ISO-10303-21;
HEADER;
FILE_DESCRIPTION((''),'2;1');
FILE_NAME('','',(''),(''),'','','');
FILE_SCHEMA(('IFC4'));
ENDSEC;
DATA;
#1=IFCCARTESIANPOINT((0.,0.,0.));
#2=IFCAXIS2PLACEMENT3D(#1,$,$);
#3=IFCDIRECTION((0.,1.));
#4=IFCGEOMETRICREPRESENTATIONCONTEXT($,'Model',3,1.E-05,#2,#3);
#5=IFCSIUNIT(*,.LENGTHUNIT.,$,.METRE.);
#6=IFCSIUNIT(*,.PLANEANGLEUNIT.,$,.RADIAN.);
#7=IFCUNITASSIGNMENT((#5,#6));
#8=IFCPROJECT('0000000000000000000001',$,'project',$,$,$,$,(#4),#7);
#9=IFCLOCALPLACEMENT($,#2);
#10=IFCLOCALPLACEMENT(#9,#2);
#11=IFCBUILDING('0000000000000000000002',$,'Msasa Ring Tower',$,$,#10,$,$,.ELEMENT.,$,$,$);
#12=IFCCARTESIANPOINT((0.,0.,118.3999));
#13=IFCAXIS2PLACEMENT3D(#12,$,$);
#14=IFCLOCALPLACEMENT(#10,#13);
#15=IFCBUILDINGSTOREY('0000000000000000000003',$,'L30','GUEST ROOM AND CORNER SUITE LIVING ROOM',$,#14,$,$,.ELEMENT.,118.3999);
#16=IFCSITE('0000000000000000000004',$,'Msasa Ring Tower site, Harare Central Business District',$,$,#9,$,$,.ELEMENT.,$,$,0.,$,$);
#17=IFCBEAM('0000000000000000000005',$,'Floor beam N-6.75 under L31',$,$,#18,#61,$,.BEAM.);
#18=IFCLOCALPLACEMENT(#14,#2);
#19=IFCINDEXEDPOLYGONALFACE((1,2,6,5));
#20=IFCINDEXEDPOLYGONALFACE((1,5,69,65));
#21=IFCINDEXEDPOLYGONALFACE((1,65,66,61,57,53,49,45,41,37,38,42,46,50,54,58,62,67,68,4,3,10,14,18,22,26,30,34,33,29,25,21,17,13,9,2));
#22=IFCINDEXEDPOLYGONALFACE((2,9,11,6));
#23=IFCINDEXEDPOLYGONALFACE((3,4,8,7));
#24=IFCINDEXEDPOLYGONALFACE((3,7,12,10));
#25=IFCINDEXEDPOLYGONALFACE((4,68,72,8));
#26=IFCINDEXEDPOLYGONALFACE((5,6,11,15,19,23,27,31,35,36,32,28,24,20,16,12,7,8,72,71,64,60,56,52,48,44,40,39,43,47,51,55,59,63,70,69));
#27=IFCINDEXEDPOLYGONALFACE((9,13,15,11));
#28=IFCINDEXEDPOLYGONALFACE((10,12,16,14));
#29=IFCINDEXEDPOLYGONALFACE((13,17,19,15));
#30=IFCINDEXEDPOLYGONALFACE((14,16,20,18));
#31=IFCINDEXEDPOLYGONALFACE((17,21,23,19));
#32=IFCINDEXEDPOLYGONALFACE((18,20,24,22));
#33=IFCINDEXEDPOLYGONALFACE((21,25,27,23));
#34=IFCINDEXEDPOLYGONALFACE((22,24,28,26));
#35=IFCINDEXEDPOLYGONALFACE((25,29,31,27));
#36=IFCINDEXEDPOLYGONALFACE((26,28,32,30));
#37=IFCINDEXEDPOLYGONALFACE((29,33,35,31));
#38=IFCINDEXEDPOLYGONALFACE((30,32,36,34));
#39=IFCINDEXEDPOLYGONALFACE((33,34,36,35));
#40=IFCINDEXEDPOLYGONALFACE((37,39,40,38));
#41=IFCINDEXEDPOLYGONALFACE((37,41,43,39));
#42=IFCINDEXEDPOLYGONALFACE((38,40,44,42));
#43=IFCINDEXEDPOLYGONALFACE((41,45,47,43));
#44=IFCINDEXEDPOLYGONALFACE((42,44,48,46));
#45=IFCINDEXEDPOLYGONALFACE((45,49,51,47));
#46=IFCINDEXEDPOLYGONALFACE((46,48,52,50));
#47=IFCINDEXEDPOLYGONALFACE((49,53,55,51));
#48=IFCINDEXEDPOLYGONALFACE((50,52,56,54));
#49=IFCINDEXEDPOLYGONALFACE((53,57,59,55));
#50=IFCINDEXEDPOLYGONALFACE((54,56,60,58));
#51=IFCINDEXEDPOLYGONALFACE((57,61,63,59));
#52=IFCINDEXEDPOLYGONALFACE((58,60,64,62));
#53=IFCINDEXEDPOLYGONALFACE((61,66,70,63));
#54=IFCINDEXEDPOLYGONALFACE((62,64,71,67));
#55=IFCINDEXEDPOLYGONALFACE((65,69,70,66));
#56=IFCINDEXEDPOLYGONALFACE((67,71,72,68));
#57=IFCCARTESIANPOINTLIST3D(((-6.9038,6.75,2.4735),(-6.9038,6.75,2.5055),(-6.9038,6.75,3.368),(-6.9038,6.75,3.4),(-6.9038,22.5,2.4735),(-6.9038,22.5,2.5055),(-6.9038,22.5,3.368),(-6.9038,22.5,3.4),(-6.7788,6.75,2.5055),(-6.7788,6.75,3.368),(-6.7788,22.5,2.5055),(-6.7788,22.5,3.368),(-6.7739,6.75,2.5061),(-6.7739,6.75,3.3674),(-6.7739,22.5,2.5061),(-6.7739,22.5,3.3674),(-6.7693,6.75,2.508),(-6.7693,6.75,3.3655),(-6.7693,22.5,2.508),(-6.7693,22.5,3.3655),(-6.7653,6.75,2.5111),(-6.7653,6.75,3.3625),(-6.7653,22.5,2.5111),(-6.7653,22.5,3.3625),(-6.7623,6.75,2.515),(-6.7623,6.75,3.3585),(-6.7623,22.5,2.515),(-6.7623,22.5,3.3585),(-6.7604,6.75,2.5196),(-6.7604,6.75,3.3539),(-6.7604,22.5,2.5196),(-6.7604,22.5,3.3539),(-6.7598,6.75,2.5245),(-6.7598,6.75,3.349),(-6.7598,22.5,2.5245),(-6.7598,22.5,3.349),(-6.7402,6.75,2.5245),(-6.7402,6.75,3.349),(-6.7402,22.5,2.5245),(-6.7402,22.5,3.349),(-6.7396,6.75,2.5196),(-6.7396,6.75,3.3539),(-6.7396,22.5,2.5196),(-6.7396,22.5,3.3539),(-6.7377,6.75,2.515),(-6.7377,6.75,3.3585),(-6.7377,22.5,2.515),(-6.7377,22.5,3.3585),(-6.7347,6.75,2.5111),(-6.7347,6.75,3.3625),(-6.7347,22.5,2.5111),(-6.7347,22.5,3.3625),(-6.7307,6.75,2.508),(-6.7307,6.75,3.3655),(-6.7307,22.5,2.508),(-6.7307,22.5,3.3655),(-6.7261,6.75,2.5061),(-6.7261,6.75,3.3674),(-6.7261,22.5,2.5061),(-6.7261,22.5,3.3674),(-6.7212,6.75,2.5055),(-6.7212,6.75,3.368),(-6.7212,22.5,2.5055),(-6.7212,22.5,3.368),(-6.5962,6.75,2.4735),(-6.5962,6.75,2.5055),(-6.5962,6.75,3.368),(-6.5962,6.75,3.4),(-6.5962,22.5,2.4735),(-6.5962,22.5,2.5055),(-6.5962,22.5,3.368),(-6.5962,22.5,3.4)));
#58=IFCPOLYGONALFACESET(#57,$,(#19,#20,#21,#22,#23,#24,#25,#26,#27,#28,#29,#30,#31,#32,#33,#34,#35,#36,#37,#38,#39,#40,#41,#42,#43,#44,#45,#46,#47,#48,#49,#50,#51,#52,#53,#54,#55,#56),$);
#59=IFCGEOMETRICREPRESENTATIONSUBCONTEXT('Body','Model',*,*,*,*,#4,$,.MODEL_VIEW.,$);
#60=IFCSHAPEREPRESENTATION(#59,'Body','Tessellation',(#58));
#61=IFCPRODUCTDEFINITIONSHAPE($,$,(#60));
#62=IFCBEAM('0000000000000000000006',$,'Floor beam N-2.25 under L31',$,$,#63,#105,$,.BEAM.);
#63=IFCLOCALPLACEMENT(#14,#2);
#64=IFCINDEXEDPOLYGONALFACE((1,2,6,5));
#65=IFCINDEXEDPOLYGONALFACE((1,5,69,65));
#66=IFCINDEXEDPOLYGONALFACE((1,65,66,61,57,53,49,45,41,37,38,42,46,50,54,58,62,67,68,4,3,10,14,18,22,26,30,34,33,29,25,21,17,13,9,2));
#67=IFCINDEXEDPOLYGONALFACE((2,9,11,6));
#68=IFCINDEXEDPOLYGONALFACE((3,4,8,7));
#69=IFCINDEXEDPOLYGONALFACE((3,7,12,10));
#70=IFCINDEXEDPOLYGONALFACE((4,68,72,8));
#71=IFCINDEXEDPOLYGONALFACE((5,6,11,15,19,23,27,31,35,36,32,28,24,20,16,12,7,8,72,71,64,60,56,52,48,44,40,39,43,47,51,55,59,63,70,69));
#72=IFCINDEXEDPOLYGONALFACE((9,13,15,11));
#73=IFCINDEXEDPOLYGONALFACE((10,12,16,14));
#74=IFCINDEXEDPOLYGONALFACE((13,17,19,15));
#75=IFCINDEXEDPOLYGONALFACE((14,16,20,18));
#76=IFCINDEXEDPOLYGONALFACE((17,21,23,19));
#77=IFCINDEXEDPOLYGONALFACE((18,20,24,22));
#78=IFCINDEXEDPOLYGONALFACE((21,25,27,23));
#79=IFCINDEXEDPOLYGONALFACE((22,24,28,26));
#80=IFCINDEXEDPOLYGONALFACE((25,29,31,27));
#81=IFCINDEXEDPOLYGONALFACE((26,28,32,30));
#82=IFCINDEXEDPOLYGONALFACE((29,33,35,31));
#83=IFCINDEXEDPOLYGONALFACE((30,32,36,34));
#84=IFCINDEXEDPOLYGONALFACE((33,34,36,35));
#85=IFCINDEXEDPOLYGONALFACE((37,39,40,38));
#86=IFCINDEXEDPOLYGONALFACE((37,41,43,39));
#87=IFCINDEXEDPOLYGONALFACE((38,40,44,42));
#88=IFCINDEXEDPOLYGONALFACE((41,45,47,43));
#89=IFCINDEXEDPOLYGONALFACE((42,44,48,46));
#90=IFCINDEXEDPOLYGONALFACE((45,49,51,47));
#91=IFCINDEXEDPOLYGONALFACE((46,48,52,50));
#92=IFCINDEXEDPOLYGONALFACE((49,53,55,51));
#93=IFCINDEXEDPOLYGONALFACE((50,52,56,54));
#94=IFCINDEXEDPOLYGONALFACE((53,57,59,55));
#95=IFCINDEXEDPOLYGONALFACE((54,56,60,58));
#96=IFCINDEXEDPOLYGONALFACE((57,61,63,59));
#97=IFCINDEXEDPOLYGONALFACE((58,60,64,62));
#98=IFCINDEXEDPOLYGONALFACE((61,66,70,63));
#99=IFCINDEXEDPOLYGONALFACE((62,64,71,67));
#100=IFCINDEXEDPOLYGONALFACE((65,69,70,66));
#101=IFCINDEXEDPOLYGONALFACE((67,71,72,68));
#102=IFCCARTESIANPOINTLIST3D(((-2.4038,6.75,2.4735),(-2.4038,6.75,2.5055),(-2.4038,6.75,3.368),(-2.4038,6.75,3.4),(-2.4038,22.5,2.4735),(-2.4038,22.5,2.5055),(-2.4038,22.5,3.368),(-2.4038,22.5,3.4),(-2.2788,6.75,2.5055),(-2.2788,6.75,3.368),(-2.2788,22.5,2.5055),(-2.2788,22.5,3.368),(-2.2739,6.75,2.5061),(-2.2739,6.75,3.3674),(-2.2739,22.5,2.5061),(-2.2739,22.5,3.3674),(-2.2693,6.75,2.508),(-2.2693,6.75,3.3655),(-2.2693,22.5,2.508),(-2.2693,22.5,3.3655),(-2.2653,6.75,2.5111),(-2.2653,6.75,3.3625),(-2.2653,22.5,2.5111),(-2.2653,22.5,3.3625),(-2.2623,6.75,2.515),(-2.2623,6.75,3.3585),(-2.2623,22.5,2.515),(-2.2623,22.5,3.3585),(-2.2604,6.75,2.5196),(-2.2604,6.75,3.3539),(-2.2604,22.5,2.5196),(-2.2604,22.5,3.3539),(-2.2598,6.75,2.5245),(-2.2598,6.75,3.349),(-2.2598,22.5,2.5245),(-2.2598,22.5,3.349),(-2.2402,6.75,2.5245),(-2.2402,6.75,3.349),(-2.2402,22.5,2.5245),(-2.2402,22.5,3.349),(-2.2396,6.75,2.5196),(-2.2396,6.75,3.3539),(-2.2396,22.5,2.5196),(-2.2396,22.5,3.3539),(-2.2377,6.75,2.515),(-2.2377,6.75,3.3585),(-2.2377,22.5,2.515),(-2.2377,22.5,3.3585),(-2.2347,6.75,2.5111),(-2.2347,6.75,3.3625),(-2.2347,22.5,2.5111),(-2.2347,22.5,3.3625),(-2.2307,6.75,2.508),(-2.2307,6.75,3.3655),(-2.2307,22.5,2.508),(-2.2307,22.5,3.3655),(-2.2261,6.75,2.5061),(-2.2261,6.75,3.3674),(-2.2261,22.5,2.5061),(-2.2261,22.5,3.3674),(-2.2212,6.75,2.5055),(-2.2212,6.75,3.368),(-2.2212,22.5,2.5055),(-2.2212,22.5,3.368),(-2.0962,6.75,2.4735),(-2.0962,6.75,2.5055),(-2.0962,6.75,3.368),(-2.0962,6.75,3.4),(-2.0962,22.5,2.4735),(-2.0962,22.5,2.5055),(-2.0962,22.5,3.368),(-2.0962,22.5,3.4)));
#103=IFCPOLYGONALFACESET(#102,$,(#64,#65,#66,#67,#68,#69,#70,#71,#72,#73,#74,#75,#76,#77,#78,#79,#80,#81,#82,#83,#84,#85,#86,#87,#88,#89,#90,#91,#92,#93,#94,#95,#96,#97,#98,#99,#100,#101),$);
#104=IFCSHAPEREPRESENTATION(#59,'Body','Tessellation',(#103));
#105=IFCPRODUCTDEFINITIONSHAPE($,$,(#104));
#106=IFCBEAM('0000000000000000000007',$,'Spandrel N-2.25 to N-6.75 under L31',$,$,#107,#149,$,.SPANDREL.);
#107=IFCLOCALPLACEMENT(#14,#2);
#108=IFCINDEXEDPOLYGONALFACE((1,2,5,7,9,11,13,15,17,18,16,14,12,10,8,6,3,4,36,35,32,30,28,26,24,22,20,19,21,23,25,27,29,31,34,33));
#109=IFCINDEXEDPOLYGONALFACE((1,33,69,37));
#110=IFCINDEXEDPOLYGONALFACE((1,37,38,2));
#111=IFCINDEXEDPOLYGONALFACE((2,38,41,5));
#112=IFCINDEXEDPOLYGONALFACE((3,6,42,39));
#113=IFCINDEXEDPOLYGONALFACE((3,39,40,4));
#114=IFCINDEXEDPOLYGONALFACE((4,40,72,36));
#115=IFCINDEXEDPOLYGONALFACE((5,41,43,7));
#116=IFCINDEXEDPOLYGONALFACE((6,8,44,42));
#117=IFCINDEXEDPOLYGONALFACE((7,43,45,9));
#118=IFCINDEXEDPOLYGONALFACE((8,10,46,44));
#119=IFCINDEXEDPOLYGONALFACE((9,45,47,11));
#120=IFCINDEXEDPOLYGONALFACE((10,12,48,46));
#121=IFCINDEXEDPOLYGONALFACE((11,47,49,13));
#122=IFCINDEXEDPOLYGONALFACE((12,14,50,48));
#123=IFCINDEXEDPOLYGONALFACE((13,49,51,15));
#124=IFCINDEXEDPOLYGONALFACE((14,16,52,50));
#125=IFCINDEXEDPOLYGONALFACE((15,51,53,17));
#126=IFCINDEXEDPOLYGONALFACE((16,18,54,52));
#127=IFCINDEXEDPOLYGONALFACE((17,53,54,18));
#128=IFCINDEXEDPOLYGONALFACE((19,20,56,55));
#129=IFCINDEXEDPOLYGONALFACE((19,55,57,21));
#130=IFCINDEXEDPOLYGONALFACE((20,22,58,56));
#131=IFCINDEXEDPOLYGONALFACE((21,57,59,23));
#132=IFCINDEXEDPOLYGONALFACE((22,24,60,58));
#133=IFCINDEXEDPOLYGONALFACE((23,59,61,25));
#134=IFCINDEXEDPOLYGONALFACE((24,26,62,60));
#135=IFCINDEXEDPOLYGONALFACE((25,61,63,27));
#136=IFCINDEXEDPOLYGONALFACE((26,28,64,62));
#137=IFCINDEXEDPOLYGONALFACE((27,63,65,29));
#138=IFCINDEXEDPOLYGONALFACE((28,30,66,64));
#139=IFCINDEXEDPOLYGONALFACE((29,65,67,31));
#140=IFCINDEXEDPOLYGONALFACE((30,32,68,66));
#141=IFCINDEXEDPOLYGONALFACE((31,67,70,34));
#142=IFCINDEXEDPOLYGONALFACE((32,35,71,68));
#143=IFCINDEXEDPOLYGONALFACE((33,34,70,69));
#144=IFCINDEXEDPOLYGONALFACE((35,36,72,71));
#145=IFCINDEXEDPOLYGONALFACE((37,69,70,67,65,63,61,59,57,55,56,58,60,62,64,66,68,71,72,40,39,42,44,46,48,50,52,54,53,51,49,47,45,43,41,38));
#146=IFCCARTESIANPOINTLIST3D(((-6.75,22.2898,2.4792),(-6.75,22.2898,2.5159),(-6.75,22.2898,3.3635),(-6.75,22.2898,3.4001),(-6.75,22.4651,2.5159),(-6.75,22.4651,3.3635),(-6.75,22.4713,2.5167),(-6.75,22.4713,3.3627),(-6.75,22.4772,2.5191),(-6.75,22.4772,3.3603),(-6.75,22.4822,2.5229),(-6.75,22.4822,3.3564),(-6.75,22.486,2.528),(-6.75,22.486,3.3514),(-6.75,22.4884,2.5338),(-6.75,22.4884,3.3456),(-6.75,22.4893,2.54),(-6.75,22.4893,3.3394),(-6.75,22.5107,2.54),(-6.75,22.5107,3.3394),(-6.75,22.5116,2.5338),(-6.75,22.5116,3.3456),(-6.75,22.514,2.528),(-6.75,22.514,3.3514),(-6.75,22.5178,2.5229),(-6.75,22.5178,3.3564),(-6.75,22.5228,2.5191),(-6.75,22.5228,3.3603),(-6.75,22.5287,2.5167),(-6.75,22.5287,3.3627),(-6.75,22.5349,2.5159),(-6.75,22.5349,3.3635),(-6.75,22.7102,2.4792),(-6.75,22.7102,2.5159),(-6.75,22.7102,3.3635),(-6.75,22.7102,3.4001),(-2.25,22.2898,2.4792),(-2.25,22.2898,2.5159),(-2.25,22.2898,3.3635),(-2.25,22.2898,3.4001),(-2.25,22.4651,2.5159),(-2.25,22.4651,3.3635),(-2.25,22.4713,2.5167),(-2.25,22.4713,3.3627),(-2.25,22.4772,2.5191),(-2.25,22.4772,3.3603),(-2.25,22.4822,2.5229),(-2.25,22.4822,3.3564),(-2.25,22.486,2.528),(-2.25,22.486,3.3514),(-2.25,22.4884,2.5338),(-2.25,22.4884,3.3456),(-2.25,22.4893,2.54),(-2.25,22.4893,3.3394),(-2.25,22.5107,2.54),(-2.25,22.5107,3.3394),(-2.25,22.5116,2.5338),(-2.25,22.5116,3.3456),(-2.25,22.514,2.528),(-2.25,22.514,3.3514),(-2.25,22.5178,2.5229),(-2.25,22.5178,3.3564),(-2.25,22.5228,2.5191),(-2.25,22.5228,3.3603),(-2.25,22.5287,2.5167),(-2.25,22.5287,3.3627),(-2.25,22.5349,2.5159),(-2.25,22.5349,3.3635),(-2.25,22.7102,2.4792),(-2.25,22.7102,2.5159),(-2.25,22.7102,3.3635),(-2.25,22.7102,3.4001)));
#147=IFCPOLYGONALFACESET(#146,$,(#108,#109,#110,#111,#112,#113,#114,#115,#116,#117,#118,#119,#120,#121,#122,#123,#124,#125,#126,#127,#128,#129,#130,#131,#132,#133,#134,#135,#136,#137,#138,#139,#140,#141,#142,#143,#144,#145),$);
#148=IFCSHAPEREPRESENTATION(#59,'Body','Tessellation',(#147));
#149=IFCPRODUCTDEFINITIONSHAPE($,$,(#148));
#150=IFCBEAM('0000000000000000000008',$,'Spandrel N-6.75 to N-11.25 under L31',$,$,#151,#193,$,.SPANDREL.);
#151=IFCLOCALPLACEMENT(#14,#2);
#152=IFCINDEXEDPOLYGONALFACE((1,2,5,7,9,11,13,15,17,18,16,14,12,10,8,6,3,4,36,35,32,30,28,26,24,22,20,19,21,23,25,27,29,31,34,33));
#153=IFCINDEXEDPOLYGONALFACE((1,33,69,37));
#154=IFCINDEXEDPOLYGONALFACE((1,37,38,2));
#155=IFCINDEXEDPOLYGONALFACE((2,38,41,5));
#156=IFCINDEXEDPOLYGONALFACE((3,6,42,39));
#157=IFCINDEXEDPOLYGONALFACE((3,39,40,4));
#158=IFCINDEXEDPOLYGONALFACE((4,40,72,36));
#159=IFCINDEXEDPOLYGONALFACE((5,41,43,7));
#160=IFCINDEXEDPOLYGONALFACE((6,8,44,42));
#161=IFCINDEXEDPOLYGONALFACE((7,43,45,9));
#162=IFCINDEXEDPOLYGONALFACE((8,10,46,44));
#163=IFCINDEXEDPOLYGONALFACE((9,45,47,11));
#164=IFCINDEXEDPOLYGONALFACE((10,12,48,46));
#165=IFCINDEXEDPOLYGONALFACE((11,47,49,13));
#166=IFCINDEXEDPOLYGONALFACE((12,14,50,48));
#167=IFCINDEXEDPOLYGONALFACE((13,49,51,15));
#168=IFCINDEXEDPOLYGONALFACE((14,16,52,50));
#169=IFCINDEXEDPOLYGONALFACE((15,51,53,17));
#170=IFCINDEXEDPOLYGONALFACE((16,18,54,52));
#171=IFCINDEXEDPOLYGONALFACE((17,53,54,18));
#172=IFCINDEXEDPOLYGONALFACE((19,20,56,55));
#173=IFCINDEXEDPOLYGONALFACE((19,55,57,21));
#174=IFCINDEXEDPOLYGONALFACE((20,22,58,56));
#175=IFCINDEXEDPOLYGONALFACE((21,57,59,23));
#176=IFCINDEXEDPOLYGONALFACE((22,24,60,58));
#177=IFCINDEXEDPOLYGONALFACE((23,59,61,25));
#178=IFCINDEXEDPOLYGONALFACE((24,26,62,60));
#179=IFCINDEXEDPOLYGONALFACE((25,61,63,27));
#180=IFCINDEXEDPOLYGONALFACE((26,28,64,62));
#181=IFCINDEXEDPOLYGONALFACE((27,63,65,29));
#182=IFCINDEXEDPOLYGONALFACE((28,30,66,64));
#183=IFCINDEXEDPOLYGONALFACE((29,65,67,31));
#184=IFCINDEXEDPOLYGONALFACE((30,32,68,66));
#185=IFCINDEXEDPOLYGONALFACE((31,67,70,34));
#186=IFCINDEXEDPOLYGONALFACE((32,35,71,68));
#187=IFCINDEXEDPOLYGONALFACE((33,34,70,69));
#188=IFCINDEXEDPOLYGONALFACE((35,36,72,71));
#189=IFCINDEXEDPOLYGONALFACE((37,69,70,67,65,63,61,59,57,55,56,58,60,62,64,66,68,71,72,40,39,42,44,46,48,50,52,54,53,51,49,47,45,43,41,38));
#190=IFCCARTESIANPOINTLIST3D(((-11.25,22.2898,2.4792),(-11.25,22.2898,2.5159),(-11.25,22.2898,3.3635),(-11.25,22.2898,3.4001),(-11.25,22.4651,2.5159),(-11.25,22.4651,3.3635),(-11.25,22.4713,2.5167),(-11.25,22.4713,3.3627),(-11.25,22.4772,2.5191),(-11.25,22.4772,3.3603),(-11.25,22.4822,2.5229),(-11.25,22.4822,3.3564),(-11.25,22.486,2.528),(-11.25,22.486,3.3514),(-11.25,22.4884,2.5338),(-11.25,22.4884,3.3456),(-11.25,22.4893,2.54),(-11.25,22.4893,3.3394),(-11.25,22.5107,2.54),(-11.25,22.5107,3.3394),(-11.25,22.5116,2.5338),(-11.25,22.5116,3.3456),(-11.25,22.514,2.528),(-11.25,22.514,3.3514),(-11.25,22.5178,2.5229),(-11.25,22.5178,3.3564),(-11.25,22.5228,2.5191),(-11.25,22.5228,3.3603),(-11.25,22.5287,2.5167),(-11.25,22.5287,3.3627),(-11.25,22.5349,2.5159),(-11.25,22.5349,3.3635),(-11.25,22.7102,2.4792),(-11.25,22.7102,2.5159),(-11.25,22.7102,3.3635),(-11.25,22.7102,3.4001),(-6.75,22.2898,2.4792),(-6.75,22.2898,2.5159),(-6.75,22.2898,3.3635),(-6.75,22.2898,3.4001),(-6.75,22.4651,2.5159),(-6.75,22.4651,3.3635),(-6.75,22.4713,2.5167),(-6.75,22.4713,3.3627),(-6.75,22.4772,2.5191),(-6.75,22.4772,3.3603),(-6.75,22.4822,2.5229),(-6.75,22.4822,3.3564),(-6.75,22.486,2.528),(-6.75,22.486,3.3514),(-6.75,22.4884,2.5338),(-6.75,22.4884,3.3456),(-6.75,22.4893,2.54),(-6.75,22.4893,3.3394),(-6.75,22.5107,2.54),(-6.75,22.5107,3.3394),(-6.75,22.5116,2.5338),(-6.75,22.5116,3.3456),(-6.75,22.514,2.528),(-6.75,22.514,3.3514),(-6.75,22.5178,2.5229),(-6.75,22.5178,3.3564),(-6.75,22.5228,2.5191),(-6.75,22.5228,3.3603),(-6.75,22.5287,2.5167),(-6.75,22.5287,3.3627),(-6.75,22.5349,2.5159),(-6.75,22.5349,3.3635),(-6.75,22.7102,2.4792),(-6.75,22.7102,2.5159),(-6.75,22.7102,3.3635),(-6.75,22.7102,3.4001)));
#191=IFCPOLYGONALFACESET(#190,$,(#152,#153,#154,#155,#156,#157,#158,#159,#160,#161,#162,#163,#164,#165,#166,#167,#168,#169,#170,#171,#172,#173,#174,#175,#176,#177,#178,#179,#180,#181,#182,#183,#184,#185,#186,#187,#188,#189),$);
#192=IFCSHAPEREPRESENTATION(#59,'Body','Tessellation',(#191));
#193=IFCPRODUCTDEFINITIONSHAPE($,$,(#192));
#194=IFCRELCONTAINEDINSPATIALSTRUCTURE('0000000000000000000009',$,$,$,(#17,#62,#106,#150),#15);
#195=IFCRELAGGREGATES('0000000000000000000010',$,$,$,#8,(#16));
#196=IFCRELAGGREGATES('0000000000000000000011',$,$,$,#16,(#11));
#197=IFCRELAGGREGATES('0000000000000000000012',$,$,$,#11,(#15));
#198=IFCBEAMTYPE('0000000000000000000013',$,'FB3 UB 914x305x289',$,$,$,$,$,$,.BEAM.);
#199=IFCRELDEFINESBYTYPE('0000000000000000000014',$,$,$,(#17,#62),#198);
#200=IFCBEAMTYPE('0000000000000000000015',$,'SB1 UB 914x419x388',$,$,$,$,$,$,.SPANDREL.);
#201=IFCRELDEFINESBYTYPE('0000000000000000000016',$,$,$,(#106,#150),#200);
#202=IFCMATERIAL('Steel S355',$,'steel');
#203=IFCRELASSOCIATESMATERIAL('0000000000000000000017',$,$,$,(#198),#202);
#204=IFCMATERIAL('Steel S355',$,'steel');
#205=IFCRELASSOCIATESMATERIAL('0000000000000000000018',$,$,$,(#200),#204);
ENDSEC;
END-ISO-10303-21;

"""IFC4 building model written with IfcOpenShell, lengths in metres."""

from ifc_helpers import new_model, si_unit, direction, frame, origin, origin_2d, place, context, subcontext, project, spatial, i_section, extrude, material, material_profile, profile_set, type_object, element, save


model = new_model("IFC4")

# Units and contexts
model_context = context("Model", 3, precision=1e-05, world=origin(), true_north=direction((0.0, 1.0)))
body_context = subcontext(model_context, "Body", "Model", "MODEL_VIEW")
ifc_project = project(units=[si_unit("LENGTHUNIT", "METRE"), si_unit("PLANEANGLEUNIT", "RADIAN")], contexts=[model_context])

# Site, building, storey
site_placement = place(None, origin())
site = spatial("IfcSite", under=ifc_project, at=site_placement, Name="Msasa Ring Tower site, Harare Central Business District", CompositionType="ELEMENT", RefElevation=0.0)
building_placement = place(site_placement, origin())
building = spatial("IfcBuilding", under=site, at=building_placement, Name="Msasa Ring Tower", CompositionType="ELEMENT")
storey_placement = place(building_placement, frame((0.0, 0.0, 118.3999)))
storey = spatial("IfcBuildingStorey", under=building, at=storey_placement, Name="L30", Description="GUEST ROOM AND CORNER SUITE LIVING ROOM", CompositionType="ELEMENT", Elevation=118.3999)

# Beams
ifc_material_1 = material(Name="Steel S355", Category="steel")
ifc_material_profile_1 = material_profile(ifc_material_1, i_section(OverallWidth=0.3076, OverallDepth=0.9265, WebThickness=0.0195, FlangeThickness=0.032, FilletRadius=0.019, at=origin_2d()), Name="UB 914x305x289")
ifc_profile_set_1 = profile_set([ifc_material_profile_1], Name="Steel S355")
beam_type_1 = type_object("IfcBeamType", Name="FB3 UB 914x305x289", PredefinedType="BEAM", material=ifc_profile_set_1)
for number, where, z_axis, x_axis, name in (
    (1, (-6.75, 22.5, 2.9368), (0.0, -1.0, 0.0), (1.0, 0.0, 0.0), "Floor beam N-6.75 under L31"),
    (2, (-2.25, 22.5, 2.9368), (0.0, -1.0, 0.0), (1.0, 0.0, 0.0), "Floor beam N-2.25 under L31"),
):
    element("IfcBeam", number, at=place(storey_placement, frame(where, z_axis=z_axis, x_axis=x_axis)), inside=storey, type_object=beam_type_1, Name=name, PredefinedType="BEAM", context=body_context, shape_type="SweptSolid", body=[
        extrude(i_section(OverallWidth=0.3076, OverallDepth=0.9265, WebThickness=0.0195, FlangeThickness=0.032, FilletRadius=0.019, at=origin_2d()), origin(), (0.0, 0.0, 1.0), 15.75),
    ])
ifc_material_2 = material(Name="Steel S355", Category="steel")
ifc_material_profile_2 = material_profile(ifc_material_2, i_section(OverallWidth=0.4204, OverallDepth=0.9209, WebThickness=0.0215, FlangeThickness=0.0366, FilletRadius=0.0242, at=origin_2d()), Name="UB 914x419x388")
ifc_profile_set_2 = profile_set([ifc_material_profile_2], Name="Steel S355")
beam_type_2 = type_object("IfcBeamType", Name="SB1 UB 914x419x388", PredefinedType="SPANDREL", material=ifc_profile_set_2)
for number, where, z_axis, x_axis, name in (
    (3, (-2.25, 22.5, 2.9397), (-1.0, 0.0, 0.0), (0.0, -1.0, 0.0), "Spandrel N-2.25 to N-6.75 under L31"),
    (4, (-6.75, 22.5, 2.9397), (-1.0, 0.0, 0.0), (0.0, -1.0, 0.0), "Spandrel N-6.75 to N-11.25 under L31"),
):
    element("IfcBeam", number, at=place(storey_placement, frame(where, z_axis=z_axis, x_axis=x_axis)), inside=storey, type_object=beam_type_2, Name=name, PredefinedType="SPANDREL", context=body_context, shape_type="SweptSolid", body=[
        extrude(i_section(OverallWidth=0.4204, OverallDepth=0.9209, WebThickness=0.0215, FlangeThickness=0.0366, FilletRadius=0.0242, at=origin_2d()), origin(), (0.0, 0.0, 1.0), 4.5),
    ])

save(model, "model.ifc")
